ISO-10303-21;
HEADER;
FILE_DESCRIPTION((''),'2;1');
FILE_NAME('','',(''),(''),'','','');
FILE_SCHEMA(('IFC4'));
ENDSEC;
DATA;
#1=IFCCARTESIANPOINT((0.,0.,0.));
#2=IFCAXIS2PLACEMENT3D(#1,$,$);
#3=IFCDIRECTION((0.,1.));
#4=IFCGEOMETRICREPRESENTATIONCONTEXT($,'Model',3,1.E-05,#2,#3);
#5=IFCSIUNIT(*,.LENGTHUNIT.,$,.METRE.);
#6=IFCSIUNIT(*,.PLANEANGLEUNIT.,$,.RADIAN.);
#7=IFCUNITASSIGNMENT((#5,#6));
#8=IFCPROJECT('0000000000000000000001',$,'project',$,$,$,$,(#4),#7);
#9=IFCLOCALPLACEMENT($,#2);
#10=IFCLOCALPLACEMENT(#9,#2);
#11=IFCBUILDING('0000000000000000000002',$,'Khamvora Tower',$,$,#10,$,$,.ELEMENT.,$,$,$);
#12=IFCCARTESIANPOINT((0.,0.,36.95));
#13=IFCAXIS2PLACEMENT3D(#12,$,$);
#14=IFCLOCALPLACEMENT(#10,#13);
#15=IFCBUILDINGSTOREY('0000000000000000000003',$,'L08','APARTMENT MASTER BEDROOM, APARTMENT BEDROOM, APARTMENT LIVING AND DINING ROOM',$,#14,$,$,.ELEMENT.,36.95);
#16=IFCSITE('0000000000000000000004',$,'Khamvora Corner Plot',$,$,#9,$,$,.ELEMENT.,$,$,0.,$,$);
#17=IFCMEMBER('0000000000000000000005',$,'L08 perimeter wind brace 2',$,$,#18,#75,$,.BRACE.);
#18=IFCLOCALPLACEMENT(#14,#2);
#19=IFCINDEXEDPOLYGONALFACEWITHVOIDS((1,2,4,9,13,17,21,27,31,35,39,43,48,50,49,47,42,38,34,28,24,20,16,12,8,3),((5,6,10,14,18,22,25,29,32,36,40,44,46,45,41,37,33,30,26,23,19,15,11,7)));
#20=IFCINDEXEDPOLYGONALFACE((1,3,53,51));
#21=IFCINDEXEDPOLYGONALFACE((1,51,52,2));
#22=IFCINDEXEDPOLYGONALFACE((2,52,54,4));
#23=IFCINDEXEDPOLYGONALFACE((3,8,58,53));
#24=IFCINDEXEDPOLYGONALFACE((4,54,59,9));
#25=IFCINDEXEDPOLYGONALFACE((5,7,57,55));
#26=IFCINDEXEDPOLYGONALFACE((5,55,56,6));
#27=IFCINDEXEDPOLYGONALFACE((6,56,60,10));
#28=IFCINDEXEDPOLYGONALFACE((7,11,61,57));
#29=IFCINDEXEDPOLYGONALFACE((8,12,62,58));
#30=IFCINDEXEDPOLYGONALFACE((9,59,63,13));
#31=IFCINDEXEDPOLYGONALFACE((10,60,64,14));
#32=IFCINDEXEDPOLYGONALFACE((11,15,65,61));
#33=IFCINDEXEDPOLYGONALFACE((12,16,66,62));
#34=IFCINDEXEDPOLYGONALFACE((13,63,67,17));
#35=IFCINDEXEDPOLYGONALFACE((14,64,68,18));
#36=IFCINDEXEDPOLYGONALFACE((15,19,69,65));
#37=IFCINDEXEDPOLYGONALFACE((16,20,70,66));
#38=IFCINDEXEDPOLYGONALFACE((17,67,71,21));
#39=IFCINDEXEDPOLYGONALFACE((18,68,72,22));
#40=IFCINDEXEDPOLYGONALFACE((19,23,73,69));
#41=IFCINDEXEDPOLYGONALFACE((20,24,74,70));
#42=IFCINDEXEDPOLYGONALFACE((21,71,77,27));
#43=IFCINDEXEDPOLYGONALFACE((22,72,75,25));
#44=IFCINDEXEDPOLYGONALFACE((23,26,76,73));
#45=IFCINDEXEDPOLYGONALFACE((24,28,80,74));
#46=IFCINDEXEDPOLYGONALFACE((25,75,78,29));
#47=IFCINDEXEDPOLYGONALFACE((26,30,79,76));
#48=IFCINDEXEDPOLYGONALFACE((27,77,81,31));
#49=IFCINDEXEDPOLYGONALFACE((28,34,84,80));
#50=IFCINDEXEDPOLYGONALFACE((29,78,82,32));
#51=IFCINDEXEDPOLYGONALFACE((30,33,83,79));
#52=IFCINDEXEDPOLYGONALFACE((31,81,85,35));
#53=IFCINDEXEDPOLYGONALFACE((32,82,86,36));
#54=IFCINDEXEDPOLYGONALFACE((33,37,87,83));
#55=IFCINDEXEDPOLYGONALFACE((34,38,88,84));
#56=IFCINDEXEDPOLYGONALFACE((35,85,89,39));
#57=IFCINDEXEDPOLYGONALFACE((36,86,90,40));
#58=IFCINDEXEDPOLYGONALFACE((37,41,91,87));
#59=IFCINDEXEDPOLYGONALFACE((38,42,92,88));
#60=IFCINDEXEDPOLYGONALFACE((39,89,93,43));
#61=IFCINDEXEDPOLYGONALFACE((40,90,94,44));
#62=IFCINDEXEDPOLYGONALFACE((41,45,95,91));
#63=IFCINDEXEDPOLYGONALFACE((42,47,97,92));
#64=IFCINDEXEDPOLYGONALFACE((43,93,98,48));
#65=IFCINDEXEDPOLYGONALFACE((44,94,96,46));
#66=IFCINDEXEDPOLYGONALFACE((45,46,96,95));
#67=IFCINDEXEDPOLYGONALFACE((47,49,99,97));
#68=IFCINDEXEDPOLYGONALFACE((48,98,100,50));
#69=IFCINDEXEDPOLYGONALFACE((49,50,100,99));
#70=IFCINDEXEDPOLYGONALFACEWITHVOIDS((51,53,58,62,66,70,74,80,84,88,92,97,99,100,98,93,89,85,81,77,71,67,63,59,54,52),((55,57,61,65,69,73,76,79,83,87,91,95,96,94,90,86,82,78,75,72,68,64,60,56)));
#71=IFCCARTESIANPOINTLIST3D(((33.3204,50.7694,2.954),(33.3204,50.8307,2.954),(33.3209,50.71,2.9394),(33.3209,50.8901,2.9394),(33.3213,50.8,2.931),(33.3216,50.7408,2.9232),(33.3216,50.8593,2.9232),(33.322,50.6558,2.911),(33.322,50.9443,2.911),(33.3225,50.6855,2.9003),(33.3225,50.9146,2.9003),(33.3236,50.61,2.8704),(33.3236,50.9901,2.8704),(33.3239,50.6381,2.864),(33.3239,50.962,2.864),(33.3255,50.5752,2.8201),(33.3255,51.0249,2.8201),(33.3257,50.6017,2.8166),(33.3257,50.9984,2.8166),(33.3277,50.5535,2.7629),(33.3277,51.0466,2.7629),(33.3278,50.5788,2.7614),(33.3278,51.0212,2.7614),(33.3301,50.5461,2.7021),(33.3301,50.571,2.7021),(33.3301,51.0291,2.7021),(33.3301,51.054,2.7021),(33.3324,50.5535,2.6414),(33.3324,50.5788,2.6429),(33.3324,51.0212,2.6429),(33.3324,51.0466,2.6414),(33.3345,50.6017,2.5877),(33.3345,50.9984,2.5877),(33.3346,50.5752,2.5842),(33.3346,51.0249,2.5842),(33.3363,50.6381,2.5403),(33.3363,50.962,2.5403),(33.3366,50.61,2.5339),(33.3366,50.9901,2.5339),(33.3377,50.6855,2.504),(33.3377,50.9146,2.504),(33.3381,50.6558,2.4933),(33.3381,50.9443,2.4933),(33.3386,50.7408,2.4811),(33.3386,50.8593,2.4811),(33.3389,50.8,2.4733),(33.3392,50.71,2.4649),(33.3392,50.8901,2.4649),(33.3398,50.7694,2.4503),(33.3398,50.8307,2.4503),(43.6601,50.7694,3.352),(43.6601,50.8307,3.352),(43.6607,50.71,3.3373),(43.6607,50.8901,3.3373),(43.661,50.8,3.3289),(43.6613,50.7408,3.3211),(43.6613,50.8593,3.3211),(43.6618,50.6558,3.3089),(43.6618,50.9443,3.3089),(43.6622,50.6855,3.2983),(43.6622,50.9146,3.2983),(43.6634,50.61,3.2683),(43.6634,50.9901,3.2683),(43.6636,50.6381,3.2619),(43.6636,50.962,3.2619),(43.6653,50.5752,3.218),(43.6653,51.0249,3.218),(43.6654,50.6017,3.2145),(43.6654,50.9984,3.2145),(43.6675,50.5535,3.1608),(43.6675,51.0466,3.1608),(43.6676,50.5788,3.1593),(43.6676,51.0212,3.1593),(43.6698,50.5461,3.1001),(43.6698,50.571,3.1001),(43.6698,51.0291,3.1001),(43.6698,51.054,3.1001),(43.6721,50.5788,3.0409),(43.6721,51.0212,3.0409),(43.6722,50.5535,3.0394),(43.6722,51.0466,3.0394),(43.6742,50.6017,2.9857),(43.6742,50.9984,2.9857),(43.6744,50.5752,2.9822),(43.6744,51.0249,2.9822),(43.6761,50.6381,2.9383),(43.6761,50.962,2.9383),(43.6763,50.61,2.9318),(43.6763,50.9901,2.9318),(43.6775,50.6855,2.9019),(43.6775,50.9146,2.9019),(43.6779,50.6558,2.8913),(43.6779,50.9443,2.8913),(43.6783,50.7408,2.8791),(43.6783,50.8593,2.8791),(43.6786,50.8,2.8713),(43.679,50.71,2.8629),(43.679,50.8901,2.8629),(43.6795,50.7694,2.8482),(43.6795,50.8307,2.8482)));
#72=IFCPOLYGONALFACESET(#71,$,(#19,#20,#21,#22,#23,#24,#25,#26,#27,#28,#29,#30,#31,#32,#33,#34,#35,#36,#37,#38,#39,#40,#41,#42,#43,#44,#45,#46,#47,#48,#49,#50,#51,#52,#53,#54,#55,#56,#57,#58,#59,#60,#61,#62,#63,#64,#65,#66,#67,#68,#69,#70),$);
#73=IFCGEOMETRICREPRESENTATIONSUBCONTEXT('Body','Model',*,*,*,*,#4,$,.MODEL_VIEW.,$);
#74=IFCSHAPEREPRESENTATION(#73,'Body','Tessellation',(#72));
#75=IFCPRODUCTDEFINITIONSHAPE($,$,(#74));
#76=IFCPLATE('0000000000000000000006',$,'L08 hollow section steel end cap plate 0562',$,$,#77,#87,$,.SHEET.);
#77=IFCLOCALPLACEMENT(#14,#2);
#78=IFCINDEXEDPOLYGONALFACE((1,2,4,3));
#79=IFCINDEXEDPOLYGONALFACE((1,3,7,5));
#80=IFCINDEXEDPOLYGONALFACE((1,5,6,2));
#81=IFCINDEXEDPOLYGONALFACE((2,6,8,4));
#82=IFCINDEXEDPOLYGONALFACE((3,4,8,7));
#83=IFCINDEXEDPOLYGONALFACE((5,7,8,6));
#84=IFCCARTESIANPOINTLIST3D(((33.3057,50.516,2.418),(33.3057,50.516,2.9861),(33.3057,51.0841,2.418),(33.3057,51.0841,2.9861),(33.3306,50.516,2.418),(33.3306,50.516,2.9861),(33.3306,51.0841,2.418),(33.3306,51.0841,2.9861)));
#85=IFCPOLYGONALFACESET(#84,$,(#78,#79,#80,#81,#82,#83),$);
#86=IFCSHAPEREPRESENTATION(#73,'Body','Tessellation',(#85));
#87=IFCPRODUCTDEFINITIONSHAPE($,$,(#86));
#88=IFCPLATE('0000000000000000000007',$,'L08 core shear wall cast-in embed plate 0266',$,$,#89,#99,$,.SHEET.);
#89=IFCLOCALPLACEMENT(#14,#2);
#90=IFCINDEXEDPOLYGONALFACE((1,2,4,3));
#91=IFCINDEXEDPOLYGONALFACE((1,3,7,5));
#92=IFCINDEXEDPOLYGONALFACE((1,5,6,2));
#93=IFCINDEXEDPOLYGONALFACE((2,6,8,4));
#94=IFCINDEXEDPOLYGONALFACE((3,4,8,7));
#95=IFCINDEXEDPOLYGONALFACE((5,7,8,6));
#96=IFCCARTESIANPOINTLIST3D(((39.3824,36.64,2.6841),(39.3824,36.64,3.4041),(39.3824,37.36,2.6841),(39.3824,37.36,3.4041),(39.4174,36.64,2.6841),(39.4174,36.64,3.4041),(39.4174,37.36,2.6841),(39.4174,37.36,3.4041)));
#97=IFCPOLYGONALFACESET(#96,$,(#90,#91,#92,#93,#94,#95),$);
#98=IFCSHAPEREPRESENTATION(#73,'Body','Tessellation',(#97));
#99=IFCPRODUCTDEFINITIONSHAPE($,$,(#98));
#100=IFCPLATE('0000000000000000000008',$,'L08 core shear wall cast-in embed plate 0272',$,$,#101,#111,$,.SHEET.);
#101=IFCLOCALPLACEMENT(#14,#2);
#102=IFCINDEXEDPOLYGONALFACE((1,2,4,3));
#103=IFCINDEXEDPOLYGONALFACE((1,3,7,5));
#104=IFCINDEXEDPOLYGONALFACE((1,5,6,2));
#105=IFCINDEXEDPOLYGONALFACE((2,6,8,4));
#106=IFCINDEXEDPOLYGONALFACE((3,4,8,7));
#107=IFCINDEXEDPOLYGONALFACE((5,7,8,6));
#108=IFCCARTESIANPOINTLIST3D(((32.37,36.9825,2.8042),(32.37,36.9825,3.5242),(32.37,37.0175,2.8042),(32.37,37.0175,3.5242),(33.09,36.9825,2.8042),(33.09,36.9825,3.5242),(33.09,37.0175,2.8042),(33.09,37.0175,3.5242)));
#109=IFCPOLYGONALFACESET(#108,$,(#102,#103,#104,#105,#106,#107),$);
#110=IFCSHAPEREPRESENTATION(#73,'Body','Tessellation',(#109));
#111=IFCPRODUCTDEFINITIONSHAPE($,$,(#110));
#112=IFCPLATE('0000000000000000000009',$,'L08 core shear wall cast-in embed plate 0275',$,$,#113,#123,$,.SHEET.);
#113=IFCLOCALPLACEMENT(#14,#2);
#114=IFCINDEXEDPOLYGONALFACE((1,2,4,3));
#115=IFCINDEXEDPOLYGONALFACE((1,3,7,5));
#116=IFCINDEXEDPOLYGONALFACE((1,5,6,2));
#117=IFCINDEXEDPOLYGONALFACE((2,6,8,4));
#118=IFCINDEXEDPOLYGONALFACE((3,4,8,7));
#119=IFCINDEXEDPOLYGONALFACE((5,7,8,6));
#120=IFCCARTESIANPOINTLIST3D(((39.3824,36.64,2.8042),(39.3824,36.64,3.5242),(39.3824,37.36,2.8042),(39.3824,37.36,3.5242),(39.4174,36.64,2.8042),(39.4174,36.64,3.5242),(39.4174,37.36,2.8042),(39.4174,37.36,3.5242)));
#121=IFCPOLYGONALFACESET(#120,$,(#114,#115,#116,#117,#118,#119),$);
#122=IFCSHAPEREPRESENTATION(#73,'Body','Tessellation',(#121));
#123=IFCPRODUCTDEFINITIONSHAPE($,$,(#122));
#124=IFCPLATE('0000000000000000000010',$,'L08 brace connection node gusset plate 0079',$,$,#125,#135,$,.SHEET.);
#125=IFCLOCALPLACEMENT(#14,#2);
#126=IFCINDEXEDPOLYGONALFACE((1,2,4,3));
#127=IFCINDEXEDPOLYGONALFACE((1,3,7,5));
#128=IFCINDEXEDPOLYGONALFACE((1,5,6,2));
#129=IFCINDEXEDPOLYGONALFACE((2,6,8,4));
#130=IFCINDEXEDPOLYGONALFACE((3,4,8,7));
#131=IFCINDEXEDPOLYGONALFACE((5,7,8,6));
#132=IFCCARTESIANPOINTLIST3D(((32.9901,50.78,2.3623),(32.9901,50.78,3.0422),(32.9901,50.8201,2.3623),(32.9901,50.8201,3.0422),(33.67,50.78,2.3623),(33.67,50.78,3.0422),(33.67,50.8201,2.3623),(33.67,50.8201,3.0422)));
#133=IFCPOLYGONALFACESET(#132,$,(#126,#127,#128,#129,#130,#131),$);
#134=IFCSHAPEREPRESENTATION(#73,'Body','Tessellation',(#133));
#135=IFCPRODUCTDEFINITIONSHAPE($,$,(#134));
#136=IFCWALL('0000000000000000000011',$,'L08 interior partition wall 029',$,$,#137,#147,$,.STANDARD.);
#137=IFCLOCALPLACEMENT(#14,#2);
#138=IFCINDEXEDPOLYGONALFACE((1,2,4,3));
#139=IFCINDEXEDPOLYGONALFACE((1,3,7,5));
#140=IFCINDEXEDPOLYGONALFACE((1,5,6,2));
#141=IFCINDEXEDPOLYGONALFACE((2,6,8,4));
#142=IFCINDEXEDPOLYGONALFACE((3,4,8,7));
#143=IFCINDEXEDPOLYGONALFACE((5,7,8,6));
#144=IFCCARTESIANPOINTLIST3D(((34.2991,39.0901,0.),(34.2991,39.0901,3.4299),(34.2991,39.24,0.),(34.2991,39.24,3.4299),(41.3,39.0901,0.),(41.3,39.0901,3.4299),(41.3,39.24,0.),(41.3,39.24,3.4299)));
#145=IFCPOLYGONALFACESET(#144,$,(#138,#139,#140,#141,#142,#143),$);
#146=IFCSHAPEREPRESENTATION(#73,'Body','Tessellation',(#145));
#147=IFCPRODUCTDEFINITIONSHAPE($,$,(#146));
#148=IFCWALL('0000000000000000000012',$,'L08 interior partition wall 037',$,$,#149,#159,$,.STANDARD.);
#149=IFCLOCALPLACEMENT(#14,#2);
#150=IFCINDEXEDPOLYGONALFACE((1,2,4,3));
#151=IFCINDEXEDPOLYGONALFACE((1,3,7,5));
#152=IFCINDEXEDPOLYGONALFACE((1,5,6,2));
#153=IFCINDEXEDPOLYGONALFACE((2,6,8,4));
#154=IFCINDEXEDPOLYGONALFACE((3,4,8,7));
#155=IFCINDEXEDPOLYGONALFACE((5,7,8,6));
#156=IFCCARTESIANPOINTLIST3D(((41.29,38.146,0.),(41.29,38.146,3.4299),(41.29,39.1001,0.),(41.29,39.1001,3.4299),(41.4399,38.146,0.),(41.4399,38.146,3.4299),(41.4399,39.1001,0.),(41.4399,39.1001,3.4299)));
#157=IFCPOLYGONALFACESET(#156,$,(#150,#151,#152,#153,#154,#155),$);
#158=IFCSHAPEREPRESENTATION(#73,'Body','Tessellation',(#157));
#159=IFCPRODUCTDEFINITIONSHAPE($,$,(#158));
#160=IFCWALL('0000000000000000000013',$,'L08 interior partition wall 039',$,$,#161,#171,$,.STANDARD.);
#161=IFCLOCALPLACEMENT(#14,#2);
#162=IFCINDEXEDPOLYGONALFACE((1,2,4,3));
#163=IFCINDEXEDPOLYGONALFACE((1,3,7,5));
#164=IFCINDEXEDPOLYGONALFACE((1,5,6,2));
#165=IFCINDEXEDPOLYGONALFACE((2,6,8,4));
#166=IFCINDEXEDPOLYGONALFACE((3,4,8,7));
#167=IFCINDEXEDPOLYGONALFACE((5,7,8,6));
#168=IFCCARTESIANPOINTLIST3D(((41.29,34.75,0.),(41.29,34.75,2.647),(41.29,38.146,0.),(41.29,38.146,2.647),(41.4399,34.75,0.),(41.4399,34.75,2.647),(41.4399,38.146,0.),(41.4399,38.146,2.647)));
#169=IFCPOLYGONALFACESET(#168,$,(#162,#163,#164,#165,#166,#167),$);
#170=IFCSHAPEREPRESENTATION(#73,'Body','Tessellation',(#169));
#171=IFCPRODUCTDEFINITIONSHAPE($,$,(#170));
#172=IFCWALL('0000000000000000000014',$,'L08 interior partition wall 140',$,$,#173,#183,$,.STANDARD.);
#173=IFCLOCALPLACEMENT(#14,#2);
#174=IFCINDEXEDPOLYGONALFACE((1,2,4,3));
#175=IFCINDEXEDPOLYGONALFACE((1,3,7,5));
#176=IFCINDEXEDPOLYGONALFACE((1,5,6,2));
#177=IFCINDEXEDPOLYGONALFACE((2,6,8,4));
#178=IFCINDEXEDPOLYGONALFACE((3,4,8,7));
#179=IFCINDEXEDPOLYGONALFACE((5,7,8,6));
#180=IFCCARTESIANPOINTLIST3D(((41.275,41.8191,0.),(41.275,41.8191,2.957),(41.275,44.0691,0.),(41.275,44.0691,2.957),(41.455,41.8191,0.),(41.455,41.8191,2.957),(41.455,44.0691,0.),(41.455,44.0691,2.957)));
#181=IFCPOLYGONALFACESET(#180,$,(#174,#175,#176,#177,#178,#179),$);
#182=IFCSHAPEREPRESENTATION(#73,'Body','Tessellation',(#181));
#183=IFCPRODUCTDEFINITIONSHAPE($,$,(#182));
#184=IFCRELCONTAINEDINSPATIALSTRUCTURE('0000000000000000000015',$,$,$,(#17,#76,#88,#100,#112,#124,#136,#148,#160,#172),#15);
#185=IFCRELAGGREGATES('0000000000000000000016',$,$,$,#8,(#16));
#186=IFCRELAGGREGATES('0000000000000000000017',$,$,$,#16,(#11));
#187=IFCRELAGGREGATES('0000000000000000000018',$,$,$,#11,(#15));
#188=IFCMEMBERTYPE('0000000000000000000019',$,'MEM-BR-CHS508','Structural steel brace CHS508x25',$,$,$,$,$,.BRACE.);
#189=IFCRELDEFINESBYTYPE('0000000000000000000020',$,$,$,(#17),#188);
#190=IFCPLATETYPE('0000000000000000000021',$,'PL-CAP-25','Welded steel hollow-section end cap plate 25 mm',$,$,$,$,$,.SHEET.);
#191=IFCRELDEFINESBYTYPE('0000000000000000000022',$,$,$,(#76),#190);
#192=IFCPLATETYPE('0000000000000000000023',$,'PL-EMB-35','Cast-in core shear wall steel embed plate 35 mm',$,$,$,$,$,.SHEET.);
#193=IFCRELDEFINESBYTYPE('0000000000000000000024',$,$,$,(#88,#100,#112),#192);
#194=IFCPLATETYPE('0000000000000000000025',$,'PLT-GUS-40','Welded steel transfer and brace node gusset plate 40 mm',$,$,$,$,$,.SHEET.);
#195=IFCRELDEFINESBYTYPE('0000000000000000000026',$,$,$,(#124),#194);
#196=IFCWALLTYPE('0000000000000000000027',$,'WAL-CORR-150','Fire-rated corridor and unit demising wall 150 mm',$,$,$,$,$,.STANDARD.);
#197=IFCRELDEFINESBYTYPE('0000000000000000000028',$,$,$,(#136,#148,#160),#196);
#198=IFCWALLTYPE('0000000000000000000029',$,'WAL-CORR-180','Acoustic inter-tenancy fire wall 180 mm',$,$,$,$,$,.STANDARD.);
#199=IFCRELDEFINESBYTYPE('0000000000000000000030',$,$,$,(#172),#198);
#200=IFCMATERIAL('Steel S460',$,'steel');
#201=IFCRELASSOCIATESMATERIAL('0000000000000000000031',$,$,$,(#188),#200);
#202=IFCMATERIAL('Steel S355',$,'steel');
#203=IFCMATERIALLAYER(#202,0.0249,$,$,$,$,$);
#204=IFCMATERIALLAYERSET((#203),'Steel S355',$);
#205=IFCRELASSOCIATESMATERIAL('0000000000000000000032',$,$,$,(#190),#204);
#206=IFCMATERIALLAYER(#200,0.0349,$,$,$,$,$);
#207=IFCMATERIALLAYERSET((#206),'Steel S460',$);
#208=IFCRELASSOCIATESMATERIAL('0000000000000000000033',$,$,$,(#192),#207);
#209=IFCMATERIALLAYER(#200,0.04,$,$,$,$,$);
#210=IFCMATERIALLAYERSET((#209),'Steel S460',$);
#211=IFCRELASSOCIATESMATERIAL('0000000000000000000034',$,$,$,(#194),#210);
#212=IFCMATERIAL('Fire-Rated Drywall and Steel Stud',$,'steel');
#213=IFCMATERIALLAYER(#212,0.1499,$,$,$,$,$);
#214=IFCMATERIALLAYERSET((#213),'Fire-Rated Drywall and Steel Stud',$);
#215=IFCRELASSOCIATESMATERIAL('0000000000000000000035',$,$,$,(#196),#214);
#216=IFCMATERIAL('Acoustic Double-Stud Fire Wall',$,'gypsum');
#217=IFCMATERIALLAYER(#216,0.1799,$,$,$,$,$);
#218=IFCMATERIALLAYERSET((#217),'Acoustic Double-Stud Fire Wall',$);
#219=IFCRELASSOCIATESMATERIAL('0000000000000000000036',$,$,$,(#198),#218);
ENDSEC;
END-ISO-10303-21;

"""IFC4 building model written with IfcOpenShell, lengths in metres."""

from ifc_helpers import new_model, si_unit, direction, frame, frame_2d, origin, origin_2d, place, context, subcontext, project, spatial, rectangle, hollow_circle, extrude, material, layer, layer_set, material_profile, profile_set, type_object, element, save


model = new_model("IFC4")

# Units and contexts
model_context = context("Model", 3, precision=1e-05, world=origin(), true_north=direction((0.0, 1.0)))
body_context = subcontext(model_context, "Body", "Model", "MODEL_VIEW")
ifc_project = project(units=[si_unit("LENGTHUNIT", "METRE"), si_unit("PLANEANGLEUNIT", "RADIAN")], contexts=[model_context])

# Site, building, storey
site_placement = place(None, origin())
site = spatial("IfcSite", under=ifc_project, at=site_placement, Name="Khamvora Corner Plot", CompositionType="ELEMENT", RefElevation=0.0)
building_placement = place(site_placement, origin())
building = spatial("IfcBuilding", under=site, at=building_placement, Name="Khamvora Tower", CompositionType="ELEMENT")
storey_placement = place(building_placement, frame((0.0, 0.0, 36.95)))
storey = spatial("IfcBuildingStorey", under=building, at=storey_placement, Name="L08", Description="APARTMENT MASTER BEDROOM, APARTMENT BEDROOM, APARTMENT LIVING AND DINING ROOM", CompositionType="ELEMENT", Elevation=36.95)

# Shared definitions
ifc_material_1 = material(Name="Steel S460", Category="steel")

# Shared definitions
ifc_material_2 = material(Name="Steel S355", Category="steel")

# Member
ifc_material_profile_1 = material_profile(ifc_material_1, hollow_circle(Radius=0.2539, WallThickness=0.0249, at=origin_2d()), Name="CHS508x25")
ifc_profile_set_1 = profile_set([ifc_material_profile_1], Name="Steel S460")
member_type = type_object("IfcMemberType", Name="MEM-BR-CHS508", Description="Structural steel brace CHS508x25", PredefinedType="BRACE", material=ifc_profile_set_1)
member_placement = place(storey_placement, frame((33.3301, 50.8, 2.7021), z_axis=(0.99926, 0.0, 0.038458), x_axis=(0.0, 1.0, 0.0)))
element("IfcMember", 1, at=member_placement, inside=storey, type_object=member_type, Name="L08 perimeter wind brace 2", PredefinedType="BRACE", context=body_context, shape_type="SweptSolid", body=[
    extrude(hollow_circle(Radius=0.2539, WallThickness=0.0249, at=origin_2d()), origin(), (0.0, 0.0, 1.0), 10.3474),
])

# Plates
ifc_layer_1 = layer(ifc_material_2, 0.0249)
ifc_layer_set_1 = layer_set([ifc_layer_1], Name="Steel S355")
plate_type_1 = type_object("IfcPlateType", Name="PL-CAP-25", Description="Welded steel hollow-section end cap plate 25 mm", PredefinedType="SHEET", material=ifc_layer_set_1)
plate_1_placement = place(storey_placement, frame((33.3181, 50.8, 2.418), z_axis=(0.0, 0.0, 1.0), x_axis=(1.0, 0.0, 0.0)))
element("IfcPlate", 2, at=plate_1_placement, inside=storey, type_object=plate_type_1, Name="L08 hollow section steel end cap plate 0562", PredefinedType="SHEET", context=body_context, shape_type="SweptSolid", body=[
    extrude(rectangle(XDim=0.0249, YDim=0.5681, at=origin_2d()), origin(), (0.0, 0.0, 1.0), 0.5681),
])
ifc_layer_2 = layer(ifc_material_1, 0.0349)
ifc_layer_set_2 = layer_set([ifc_layer_2], Name="Steel S460")
plate_type_2 = type_object("IfcPlateType", Name="PL-EMB-35", Description="Cast-in core shear wall steel embed plate 35 mm", PredefinedType="SHEET", material=ifc_layer_set_2)
plate_2_placement = place(storey_placement, frame((39.3999, 37.0, 2.6841), z_axis=(0.0, 0.0, 1.0), x_axis=(1.0, 0.0, 0.0)))
element("IfcPlate", 3, at=plate_2_placement, inside=storey, type_object=plate_type_2, Name="L08 core shear wall cast-in embed plate 0266", PredefinedType="SHEET", context=body_context, shape_type="SweptSolid", body=[
    extrude(rectangle(XDim=0.0349, YDim=0.72, at=origin_2d()), origin(), (0.0, 0.0, 1.0), 0.72),
])
plate_3_placement = place(storey_placement, frame((32.73, 37.0, 2.8042), z_axis=(0.0, 0.0, 1.0), x_axis=(1.0, 0.0, 0.0)))
element("IfcPlate", 4, at=plate_3_placement, inside=storey, type_object=plate_type_2, Name="L08 core shear wall cast-in embed plate 0272", PredefinedType="SHEET", context=body_context, shape_type="SweptSolid", body=[
    extrude(rectangle(XDim=0.72, YDim=0.0349, at=origin_2d()), origin(), (0.0, 0.0, 1.0), 0.72),
])
plate_4_placement = place(storey_placement, frame((39.3999, 37.0, 2.8042), z_axis=(0.0, 0.0, 1.0), x_axis=(1.0, 0.0, 0.0)))
element("IfcPlate", 5, at=plate_4_placement, inside=storey, type_object=plate_type_2, Name="L08 core shear wall cast-in embed plate 0275", PredefinedType="SHEET", context=body_context, shape_type="SweptSolid", body=[
    extrude(rectangle(XDim=0.0349, YDim=0.72, at=origin_2d()), origin(), (0.0, 0.0, 1.0), 0.72),
])
ifc_layer_3 = layer(ifc_material_1, 0.04)
ifc_layer_set_3 = layer_set([ifc_layer_3], Name="Steel S460")
plate_type_3 = type_object("IfcPlateType", Name="PLT-GUS-40", Description="Welded steel transfer and brace node gusset plate 40 mm", PredefinedType="SHEET", material=ifc_layer_set_3)
plate_5_placement = place(storey_placement, frame((33.3301, 50.8, 2.3623), z_axis=(0.0, 0.0, 1.0), x_axis=(1.0, 0.0, 0.0)))
element("IfcPlate", 6, at=plate_5_placement, inside=storey, type_object=plate_type_3, Name="L08 brace connection node gusset plate 0079", PredefinedType="SHEET", context=body_context, shape_type="SweptSolid", body=[
    extrude(rectangle(XDim=0.6799, YDim=0.04, at=origin_2d()), origin(), (0.0, 0.0, 1.0), 0.6799),
])

# Shared definitions
ifc_material_3 = material(Name="Fire-Rated Drywall and Steel Stud", Category="steel")
ifc_layer_4 = layer(ifc_material_3, 0.1499)
ifc_layer_set_4 = layer_set([ifc_layer_4], Name="Fire-Rated Drywall and Steel Stud")
wall_type_1 = type_object("IfcWallType", Name="WAL-CORR-150", Description="Fire-rated corridor and unit demising wall 150 mm", PredefinedType="STANDARD", material=ifc_layer_set_4)

# Walls
wall_1_placement = place(storey_placement, frame((34.2991, 39.165, 0.0), z_axis=(0.0, 0.0, 1.0), x_axis=(1.0, 0.0, 0.0)))
element("IfcWall", 7, at=wall_1_placement, inside=storey, type_object=wall_type_1, Name="L08 interior partition wall 029", PredefinedType="STANDARD", context=body_context, shape_type="SweptSolid", body=[
    extrude(rectangle(XDim=7.001, YDim=0.1499, at=frame_2d((3.5005, 0.0))), origin(), (0.0, 0.0, 1.0), 3.4299),
])
wall_2_placement = place(storey_placement, frame((41.365, 39.1001, 0.0), z_axis=(0.0, 0.0, 1.0), x_axis=(0.0, -1.0, 0.0)))
element("IfcWall", 8, at=wall_2_placement, inside=storey, type_object=wall_type_1, Name="L08 interior partition wall 037", PredefinedType="STANDARD", context=body_context, shape_type="SweptSolid", body=[
    extrude(rectangle(XDim=0.9541, YDim=0.1499, at=frame_2d((0.4771, 0.0))), origin(), (0.0, 0.0, 1.0), 3.4299),
])
wall_3_placement = place(storey_placement, frame((41.365, 38.146, 0.0), z_axis=(0.0, 0.0, 1.0), x_axis=(0.0, -1.0, 0.0)))
element("IfcWall", 9, at=wall_3_placement, inside=storey, type_object=wall_type_1, Name="L08 interior partition wall 039", PredefinedType="STANDARD", context=body_context, shape_type="SweptSolid", body=[
    extrude(rectangle(XDim=3.396, YDim=0.1499, at=frame_2d((1.698, 0.0))), origin(), (0.0, 0.0, 1.0), 2.647),
])
ifc_material_4 = material(Name="Acoustic Double-Stud Fire Wall", Category="gypsum")
ifc_layer_5 = layer(ifc_material_4, 0.1799)
ifc_layer_set_5 = layer_set([ifc_layer_5], Name="Acoustic Double-Stud Fire Wall")
wall_type_2 = type_object("IfcWallType", Name="WAL-CORR-180", Description="Acoustic inter-tenancy fire wall 180 mm", PredefinedType="STANDARD", material=ifc_layer_set_5)
wall_4_placement = place(storey_placement, frame((41.365, 44.0691, 0.0), z_axis=(0.0, 0.0, 1.0), x_axis=(0.0, -1.0, 0.0)))
element("IfcWall", 10, at=wall_4_placement, inside=storey, type_object=wall_type_2, Name="L08 interior partition wall 140", PredefinedType="STANDARD", context=body_context, shape_type="SweptSolid", body=[
    extrude(rectangle(XDim=2.25, YDim=0.1799, at=frame_2d((1.125, 0.0))), origin(), (0.0, 0.0, 1.0), 2.957),
])

save(model, "model.ifc")
